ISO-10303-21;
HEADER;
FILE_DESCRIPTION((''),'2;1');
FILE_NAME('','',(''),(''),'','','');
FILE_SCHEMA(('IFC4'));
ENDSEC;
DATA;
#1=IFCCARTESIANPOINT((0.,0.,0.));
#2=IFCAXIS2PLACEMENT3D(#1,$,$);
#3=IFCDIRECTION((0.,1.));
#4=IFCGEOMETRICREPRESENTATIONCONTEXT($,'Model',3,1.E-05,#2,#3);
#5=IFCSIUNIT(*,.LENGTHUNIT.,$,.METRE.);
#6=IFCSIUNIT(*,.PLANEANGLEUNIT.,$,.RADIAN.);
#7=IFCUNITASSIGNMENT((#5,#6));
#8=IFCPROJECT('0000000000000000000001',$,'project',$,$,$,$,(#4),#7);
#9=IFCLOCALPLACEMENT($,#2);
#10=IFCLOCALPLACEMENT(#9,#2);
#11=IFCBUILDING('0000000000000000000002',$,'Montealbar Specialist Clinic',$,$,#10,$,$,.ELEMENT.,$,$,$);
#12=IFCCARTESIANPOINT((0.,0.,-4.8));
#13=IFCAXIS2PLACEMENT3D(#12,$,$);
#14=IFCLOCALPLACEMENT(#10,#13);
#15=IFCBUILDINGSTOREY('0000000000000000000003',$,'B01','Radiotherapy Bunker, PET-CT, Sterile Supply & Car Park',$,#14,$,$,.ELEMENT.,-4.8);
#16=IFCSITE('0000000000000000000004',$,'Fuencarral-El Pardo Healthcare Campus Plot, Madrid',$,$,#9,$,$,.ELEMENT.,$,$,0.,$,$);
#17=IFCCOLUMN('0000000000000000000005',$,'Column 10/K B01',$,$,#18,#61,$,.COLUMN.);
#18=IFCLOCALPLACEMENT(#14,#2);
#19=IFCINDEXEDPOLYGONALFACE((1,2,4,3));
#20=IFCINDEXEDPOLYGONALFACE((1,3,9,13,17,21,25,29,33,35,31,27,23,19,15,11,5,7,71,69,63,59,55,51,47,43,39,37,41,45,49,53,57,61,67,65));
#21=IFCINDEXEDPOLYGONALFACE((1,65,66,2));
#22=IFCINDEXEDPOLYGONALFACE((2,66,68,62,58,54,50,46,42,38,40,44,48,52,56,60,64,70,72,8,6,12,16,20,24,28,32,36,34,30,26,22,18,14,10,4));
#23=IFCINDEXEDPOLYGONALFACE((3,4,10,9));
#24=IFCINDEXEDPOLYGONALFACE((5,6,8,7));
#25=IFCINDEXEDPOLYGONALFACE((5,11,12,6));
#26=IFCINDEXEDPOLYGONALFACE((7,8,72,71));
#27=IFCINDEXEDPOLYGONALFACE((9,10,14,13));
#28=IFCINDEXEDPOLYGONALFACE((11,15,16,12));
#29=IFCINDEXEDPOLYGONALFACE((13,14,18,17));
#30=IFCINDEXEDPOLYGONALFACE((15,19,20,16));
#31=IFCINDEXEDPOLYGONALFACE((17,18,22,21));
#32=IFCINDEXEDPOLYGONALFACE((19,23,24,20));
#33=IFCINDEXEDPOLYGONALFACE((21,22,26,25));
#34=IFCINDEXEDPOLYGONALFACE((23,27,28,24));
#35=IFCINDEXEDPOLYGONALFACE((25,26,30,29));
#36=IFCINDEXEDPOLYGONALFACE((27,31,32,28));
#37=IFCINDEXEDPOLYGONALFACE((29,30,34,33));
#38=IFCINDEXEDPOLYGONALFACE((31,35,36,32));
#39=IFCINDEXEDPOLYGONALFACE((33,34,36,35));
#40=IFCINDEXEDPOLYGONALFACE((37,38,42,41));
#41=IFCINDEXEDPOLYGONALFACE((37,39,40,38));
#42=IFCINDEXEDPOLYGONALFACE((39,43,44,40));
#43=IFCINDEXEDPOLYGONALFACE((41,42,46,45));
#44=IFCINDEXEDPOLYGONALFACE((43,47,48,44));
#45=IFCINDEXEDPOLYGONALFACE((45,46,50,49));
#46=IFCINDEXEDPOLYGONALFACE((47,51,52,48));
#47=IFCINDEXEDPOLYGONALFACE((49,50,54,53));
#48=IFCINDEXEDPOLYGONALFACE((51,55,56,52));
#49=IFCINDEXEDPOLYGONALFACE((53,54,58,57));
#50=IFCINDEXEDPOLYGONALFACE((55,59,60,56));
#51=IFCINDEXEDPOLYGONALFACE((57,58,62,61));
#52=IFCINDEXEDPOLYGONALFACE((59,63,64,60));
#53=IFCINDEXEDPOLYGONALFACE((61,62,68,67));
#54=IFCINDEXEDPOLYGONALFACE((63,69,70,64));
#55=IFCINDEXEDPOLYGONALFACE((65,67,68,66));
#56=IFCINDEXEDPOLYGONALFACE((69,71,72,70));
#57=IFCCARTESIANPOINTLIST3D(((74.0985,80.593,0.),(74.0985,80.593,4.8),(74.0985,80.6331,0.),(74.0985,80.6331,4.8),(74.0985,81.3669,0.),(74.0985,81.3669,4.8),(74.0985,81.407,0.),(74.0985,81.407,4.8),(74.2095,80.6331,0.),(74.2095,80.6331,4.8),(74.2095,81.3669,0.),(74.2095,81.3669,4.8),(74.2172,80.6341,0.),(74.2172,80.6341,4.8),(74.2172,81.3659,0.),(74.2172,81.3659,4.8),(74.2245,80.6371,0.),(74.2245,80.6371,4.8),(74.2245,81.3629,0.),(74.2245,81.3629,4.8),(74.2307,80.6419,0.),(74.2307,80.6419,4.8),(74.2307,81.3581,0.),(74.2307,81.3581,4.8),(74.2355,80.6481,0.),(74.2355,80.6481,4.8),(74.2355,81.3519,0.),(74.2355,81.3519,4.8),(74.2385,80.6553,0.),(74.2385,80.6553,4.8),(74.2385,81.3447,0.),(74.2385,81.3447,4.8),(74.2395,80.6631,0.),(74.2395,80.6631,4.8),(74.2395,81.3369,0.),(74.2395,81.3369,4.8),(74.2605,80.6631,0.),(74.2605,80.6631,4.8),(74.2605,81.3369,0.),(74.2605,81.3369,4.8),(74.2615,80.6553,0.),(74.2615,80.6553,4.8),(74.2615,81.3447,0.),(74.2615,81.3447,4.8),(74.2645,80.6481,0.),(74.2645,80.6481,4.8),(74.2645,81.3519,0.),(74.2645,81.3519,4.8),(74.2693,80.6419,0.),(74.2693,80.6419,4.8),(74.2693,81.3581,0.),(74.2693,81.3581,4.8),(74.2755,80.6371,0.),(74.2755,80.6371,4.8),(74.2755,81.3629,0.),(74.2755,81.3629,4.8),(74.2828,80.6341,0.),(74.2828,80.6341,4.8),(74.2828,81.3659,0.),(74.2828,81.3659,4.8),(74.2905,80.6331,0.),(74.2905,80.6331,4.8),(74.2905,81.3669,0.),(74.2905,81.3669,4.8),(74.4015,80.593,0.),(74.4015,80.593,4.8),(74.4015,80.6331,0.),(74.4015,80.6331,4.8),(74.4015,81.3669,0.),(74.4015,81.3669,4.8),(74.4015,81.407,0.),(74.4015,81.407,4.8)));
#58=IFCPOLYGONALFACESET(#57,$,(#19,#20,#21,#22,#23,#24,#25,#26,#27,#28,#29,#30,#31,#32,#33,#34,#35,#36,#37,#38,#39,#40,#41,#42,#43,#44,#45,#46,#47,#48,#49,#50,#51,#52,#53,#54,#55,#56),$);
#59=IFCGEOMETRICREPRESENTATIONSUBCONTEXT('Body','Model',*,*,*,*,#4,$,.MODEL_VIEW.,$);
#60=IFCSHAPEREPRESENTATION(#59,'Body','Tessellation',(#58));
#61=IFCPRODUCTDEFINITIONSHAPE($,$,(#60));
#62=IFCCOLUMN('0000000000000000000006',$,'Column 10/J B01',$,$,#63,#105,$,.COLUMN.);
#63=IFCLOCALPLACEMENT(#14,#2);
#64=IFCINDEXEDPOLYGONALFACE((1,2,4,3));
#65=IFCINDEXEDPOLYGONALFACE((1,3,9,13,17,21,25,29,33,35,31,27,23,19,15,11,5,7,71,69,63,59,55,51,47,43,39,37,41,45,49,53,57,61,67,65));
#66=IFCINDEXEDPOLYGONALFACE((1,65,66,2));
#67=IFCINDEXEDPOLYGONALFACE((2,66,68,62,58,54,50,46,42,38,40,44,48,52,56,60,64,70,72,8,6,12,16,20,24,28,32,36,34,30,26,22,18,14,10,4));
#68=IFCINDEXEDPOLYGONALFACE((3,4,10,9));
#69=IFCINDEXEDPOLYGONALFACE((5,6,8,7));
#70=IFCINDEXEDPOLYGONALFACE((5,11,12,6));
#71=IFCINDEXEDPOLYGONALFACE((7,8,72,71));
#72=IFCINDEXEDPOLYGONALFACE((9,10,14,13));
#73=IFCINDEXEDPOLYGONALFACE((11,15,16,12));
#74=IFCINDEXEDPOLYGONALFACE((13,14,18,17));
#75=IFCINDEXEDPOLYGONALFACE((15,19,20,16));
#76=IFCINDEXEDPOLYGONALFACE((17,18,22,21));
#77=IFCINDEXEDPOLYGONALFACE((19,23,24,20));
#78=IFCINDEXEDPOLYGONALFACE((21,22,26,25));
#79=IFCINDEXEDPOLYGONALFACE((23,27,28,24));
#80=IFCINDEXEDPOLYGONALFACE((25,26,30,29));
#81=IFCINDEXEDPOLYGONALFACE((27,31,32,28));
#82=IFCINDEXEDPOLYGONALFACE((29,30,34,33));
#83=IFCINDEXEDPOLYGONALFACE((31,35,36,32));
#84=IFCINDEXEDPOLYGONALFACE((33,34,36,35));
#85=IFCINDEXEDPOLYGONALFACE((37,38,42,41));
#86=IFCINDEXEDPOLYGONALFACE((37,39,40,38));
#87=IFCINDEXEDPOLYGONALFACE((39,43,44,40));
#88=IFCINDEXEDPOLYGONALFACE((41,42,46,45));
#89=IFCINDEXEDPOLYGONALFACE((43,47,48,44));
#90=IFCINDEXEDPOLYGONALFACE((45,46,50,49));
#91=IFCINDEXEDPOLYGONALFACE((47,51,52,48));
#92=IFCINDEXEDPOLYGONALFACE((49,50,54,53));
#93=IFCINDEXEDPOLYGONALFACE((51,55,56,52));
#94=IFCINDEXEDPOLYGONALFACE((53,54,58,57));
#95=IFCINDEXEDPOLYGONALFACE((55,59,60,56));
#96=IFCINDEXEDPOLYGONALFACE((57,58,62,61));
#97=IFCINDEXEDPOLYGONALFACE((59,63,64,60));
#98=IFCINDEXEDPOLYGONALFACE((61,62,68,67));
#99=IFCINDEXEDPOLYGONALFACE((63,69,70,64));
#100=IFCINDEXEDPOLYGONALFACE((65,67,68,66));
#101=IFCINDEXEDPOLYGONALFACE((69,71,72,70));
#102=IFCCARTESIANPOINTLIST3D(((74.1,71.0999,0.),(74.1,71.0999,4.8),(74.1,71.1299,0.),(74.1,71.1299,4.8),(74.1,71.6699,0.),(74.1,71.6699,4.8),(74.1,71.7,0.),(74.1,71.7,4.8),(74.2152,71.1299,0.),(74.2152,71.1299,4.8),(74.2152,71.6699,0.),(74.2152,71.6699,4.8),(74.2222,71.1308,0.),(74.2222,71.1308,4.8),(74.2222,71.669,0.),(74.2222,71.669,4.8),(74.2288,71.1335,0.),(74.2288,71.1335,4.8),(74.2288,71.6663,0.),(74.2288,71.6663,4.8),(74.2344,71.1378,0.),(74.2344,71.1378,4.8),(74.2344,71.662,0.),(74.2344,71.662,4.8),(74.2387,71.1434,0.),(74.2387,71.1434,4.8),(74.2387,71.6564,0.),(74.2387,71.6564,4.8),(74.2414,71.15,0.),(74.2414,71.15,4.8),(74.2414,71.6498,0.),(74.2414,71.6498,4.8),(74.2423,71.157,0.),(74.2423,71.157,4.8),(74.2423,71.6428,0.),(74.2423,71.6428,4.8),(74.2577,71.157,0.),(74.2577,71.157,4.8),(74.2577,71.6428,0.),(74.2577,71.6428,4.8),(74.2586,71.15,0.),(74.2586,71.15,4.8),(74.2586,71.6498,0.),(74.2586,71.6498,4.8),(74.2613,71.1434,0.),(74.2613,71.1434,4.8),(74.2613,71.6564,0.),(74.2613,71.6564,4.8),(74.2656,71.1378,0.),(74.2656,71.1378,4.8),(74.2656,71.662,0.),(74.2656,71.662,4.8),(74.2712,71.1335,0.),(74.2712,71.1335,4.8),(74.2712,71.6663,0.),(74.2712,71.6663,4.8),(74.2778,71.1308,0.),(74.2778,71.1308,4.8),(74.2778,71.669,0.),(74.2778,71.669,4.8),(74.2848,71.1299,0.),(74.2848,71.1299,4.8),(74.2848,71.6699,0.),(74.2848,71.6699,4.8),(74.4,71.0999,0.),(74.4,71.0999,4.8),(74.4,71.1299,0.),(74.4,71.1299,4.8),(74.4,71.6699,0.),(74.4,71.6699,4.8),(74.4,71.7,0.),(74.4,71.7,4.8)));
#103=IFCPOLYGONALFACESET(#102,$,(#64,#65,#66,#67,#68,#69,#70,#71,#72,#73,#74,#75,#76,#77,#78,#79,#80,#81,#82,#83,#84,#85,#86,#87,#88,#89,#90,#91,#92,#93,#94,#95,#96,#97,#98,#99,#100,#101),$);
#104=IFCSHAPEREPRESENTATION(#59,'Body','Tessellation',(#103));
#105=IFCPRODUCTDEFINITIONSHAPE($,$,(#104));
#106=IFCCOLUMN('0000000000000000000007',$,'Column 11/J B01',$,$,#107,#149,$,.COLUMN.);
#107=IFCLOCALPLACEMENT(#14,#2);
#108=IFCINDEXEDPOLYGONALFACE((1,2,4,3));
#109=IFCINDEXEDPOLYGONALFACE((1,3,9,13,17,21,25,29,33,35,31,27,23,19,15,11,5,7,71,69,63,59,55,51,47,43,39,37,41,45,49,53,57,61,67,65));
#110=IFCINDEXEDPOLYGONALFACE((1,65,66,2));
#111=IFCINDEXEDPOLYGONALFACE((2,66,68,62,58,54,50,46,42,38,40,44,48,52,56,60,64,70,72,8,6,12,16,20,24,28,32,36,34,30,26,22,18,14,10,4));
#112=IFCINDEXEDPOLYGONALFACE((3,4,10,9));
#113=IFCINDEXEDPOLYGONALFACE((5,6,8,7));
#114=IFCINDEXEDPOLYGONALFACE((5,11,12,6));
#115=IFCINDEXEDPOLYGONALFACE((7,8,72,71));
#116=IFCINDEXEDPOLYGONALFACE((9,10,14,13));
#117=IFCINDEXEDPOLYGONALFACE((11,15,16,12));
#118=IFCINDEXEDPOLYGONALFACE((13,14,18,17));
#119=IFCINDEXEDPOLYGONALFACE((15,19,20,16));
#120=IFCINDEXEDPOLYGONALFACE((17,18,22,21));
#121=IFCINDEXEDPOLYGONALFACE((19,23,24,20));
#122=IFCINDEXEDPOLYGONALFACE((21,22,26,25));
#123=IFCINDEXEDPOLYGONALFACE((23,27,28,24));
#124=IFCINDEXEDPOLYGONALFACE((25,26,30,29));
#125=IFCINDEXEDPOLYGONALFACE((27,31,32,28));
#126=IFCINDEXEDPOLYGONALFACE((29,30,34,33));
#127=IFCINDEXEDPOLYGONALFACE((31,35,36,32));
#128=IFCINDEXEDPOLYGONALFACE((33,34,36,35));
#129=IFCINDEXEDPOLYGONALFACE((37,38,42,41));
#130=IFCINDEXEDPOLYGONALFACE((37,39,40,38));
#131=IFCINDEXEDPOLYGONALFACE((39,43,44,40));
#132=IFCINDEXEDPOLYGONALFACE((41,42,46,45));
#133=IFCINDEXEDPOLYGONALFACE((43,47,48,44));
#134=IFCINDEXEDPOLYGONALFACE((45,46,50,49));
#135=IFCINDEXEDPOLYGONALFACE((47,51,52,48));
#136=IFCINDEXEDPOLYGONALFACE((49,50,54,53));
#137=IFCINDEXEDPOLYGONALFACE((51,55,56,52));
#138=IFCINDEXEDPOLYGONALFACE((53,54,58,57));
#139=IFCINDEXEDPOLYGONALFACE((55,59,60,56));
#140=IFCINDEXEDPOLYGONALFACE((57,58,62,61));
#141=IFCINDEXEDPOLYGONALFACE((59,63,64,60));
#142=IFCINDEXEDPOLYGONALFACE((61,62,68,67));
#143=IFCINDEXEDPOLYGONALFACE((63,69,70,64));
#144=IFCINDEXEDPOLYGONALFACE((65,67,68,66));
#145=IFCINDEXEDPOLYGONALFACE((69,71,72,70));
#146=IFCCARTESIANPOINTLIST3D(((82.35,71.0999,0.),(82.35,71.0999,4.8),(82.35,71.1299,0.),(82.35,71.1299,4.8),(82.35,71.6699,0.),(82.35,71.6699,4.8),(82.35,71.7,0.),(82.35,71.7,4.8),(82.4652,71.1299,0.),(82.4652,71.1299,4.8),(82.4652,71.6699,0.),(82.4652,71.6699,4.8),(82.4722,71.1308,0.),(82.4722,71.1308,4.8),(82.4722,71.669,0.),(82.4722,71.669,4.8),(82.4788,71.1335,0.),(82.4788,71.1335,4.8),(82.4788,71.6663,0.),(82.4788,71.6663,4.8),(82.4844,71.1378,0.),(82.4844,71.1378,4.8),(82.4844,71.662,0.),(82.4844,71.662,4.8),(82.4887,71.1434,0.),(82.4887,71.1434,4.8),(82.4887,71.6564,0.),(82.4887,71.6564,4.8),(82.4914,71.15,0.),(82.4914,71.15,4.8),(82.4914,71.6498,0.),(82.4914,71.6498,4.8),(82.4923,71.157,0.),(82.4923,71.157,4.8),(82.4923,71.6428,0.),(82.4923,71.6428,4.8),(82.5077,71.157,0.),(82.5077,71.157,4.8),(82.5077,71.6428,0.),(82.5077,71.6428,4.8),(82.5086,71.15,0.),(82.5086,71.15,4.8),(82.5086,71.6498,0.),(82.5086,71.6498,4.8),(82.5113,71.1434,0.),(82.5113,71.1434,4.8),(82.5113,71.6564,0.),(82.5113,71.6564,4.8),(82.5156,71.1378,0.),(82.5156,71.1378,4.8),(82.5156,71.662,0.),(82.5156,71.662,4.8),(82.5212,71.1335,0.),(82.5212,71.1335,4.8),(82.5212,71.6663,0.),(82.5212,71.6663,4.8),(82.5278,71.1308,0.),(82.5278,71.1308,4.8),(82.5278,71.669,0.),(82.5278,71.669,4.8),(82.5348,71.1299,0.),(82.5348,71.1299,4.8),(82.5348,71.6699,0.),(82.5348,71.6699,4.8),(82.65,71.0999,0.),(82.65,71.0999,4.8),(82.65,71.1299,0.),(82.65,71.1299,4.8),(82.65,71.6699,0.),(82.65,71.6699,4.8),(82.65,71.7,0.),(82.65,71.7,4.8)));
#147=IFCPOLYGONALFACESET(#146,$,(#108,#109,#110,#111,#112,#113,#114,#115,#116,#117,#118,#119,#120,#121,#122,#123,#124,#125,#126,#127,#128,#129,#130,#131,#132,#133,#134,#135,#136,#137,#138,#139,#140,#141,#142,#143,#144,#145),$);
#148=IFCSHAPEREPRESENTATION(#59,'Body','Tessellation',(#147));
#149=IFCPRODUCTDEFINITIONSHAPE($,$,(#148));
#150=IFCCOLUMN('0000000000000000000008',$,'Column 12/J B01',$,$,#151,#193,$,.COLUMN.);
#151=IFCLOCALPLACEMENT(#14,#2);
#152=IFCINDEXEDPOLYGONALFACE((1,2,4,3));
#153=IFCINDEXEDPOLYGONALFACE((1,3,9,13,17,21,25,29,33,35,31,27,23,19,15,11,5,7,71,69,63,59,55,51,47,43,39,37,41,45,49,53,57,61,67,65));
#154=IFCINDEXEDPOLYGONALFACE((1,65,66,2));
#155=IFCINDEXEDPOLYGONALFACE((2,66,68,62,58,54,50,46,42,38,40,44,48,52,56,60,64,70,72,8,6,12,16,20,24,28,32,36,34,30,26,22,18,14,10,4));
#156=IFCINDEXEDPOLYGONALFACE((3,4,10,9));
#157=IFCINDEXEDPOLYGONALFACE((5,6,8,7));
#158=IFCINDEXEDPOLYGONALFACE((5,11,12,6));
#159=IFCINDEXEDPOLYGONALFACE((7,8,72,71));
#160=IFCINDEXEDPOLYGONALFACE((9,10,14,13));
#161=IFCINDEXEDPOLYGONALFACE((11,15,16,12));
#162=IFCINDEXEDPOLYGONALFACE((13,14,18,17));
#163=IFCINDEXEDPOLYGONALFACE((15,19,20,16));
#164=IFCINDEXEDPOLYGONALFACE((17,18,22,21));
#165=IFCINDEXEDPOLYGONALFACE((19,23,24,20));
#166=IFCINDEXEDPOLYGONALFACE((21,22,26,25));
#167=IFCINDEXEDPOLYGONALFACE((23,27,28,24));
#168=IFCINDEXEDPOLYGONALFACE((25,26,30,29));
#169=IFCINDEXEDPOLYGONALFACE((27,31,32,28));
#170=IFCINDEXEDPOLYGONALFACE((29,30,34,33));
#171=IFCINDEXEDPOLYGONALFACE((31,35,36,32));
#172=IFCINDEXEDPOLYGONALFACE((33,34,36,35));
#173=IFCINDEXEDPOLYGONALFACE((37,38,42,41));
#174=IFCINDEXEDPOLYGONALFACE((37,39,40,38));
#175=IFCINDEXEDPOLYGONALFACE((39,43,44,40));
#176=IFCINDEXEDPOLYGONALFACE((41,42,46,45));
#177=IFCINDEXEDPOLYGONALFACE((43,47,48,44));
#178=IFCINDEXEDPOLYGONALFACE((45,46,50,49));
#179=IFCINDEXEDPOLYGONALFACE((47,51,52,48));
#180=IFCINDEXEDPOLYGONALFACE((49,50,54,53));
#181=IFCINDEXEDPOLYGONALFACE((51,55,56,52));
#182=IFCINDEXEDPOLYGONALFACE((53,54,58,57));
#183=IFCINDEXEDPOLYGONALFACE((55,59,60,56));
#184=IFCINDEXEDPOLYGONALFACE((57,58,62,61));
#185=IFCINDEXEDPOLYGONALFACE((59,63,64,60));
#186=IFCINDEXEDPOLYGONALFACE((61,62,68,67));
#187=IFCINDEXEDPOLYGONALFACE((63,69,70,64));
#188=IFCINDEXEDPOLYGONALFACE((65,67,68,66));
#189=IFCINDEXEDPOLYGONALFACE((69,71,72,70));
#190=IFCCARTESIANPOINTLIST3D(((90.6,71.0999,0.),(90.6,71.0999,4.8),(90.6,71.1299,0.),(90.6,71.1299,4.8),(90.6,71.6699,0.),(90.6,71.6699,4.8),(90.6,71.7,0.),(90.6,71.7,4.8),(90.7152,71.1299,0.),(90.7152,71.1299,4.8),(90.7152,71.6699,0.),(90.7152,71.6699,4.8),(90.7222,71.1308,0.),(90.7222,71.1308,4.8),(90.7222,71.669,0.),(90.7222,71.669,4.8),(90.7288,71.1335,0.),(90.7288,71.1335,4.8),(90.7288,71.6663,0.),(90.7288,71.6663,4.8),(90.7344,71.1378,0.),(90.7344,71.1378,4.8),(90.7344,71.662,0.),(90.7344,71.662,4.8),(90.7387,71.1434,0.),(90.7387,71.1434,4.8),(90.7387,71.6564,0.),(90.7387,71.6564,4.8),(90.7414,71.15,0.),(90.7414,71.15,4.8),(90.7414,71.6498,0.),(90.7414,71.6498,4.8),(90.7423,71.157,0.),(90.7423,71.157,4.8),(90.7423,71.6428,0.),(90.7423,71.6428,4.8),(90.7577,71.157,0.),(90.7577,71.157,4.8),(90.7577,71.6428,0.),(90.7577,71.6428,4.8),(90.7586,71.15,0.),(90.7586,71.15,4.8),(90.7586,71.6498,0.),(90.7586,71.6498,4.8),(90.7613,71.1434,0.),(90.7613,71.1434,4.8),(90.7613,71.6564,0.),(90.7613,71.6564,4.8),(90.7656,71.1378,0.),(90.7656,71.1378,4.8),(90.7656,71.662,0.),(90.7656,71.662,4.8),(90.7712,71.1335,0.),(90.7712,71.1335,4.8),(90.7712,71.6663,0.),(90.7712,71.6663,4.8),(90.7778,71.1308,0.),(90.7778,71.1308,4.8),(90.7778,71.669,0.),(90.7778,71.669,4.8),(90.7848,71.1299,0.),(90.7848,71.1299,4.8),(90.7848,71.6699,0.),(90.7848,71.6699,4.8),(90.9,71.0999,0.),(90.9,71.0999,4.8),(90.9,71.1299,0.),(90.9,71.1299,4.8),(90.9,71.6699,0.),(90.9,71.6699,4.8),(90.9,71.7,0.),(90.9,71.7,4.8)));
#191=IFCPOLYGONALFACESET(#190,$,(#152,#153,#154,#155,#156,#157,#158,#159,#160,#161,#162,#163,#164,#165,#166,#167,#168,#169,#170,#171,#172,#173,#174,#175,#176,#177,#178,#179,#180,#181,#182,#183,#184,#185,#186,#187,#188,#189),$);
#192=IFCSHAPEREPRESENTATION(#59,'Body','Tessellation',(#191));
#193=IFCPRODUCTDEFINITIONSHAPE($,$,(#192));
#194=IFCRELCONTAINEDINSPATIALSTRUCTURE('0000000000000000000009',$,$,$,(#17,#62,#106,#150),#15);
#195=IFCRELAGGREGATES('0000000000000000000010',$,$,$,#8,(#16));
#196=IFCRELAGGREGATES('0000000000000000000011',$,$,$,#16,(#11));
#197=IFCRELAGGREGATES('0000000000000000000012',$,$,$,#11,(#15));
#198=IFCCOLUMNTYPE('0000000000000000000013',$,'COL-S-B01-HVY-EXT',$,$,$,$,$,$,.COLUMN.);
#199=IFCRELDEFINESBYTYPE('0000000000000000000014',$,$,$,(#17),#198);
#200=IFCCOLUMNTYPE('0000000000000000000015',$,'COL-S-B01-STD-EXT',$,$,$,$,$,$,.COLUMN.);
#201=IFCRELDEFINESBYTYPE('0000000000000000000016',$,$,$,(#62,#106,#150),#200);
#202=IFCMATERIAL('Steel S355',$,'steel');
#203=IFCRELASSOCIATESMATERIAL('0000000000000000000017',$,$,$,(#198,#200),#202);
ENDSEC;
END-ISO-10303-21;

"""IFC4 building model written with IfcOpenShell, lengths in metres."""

from ifc_helpers import new_model, si_unit, direction, frame, origin, origin_2d, place, context, subcontext, project, spatial, i_section, extrude, material, material_profile, profile_set, type_object, element, save


model = new_model("IFC4")

# Units and contexts
model_context = context("Model", 3, precision=1e-05, world=origin(), true_north=direction((0.0, 1.0)))
body_context = subcontext(model_context, "Body", "Model", "MODEL_VIEW")
ifc_project = project(units=[si_unit("LENGTHUNIT", "METRE"), si_unit("PLANEANGLEUNIT", "RADIAN")], contexts=[model_context])

# Site, building, storey
site_placement = place(None, origin())
site = spatial("IfcSite", under=ifc_project, at=site_placement, Name="Fuencarral-El Pardo Healthcare Campus Plot, Madrid", CompositionType="ELEMENT", RefElevation=0.0)
building_placement = place(site_placement, origin())
building = spatial("IfcBuilding", under=site, at=building_placement, Name="Montealbar Specialist Clinic", CompositionType="ELEMENT")
storey_placement = place(building_placement, frame((0.0, 0.0, -4.8)))
storey = spatial("IfcBuildingStorey", under=building, at=storey_placement, Name="B01", Description="Radiotherapy Bunker, PET-CT, Sterile Supply & Car Park", CompositionType="ELEMENT", Elevation=-4.8)

# Columns
ifc_material_1 = material(Name="Steel S355", Category="steel")
ifc_material_profile_1 = material_profile(ifc_material_1, i_section(OverallWidth=0.303, OverallDepth=0.814, WebThickness=0.021, FlangeThickness=0.04, FilletRadius=0.03, at=origin_2d()), Name="HEM 800", Category="steel")
ifc_profile_set_1 = profile_set([ifc_material_profile_1], Name="Steel S355")
column_type_1 = type_object("IfcColumnType", Name="COL-S-B01-HVY-EXT", PredefinedType="COLUMN", material=ifc_profile_set_1)
column_placement = place(storey_placement, frame((74.25, 81.0, 0.0), z_axis=(0.0, 0.0, 1.0), x_axis=(1.0, 0.0, 0.0)))
element("IfcColumn", 1, at=column_placement, inside=storey, type_object=column_type_1, Name="Column 10/K B01", PredefinedType="COLUMN", context=body_context, shape_type="SweptSolid", body=[
    extrude(i_section(OverallWidth=0.303, OverallDepth=0.814, WebThickness=0.021, FlangeThickness=0.04, FilletRadius=0.03, at=origin_2d()), origin(), (0.0, 0.0, 1.0), 4.8),
])
ifc_material_profile_2 = material_profile(ifc_material_1, i_section(OverallWidth=0.3, OverallDepth=0.6001, WebThickness=0.0154, FlangeThickness=0.03, FilletRadius=0.0271, at=origin_2d()), Name="HEB 600", Category="steel")
ifc_profile_set_2 = profile_set([ifc_material_profile_2], Name="Steel S355")
column_type_2 = type_object("IfcColumnType", Name="COL-S-B01-STD-EXT", PredefinedType="COLUMN", material=ifc_profile_set_2)
for number, where, z_axis, x_axis, name in (
    (2, (74.25, 71.3999, 0.0), (0.0, 0.0, 1.0), (1.0, 0.0, 0.0), "Column 10/J B01"),
    (3, (82.5, 71.3999, 0.0), (0.0, 0.0, 1.0), (1.0, 0.0, 0.0), "Column 11/J B01"),
    (4, (90.75, 71.3999, 0.0), (0.0, 0.0, 1.0), (1.0, 0.0, 0.0), "Column 12/J B01"),
):
    element("IfcColumn", number, at=place(storey_placement, frame(where, z_axis=z_axis, x_axis=x_axis)), inside=storey, type_object=column_type_2, Name=name, PredefinedType="COLUMN", context=body_context, shape_type="SweptSolid", body=[
        extrude(i_section(OverallWidth=0.3, OverallDepth=0.6001, WebThickness=0.0154, FlangeThickness=0.03, FilletRadius=0.0271, at=origin_2d()), origin(), (0.0, 0.0, 1.0), 4.8),
    ])

save(model, "model.ifc")
